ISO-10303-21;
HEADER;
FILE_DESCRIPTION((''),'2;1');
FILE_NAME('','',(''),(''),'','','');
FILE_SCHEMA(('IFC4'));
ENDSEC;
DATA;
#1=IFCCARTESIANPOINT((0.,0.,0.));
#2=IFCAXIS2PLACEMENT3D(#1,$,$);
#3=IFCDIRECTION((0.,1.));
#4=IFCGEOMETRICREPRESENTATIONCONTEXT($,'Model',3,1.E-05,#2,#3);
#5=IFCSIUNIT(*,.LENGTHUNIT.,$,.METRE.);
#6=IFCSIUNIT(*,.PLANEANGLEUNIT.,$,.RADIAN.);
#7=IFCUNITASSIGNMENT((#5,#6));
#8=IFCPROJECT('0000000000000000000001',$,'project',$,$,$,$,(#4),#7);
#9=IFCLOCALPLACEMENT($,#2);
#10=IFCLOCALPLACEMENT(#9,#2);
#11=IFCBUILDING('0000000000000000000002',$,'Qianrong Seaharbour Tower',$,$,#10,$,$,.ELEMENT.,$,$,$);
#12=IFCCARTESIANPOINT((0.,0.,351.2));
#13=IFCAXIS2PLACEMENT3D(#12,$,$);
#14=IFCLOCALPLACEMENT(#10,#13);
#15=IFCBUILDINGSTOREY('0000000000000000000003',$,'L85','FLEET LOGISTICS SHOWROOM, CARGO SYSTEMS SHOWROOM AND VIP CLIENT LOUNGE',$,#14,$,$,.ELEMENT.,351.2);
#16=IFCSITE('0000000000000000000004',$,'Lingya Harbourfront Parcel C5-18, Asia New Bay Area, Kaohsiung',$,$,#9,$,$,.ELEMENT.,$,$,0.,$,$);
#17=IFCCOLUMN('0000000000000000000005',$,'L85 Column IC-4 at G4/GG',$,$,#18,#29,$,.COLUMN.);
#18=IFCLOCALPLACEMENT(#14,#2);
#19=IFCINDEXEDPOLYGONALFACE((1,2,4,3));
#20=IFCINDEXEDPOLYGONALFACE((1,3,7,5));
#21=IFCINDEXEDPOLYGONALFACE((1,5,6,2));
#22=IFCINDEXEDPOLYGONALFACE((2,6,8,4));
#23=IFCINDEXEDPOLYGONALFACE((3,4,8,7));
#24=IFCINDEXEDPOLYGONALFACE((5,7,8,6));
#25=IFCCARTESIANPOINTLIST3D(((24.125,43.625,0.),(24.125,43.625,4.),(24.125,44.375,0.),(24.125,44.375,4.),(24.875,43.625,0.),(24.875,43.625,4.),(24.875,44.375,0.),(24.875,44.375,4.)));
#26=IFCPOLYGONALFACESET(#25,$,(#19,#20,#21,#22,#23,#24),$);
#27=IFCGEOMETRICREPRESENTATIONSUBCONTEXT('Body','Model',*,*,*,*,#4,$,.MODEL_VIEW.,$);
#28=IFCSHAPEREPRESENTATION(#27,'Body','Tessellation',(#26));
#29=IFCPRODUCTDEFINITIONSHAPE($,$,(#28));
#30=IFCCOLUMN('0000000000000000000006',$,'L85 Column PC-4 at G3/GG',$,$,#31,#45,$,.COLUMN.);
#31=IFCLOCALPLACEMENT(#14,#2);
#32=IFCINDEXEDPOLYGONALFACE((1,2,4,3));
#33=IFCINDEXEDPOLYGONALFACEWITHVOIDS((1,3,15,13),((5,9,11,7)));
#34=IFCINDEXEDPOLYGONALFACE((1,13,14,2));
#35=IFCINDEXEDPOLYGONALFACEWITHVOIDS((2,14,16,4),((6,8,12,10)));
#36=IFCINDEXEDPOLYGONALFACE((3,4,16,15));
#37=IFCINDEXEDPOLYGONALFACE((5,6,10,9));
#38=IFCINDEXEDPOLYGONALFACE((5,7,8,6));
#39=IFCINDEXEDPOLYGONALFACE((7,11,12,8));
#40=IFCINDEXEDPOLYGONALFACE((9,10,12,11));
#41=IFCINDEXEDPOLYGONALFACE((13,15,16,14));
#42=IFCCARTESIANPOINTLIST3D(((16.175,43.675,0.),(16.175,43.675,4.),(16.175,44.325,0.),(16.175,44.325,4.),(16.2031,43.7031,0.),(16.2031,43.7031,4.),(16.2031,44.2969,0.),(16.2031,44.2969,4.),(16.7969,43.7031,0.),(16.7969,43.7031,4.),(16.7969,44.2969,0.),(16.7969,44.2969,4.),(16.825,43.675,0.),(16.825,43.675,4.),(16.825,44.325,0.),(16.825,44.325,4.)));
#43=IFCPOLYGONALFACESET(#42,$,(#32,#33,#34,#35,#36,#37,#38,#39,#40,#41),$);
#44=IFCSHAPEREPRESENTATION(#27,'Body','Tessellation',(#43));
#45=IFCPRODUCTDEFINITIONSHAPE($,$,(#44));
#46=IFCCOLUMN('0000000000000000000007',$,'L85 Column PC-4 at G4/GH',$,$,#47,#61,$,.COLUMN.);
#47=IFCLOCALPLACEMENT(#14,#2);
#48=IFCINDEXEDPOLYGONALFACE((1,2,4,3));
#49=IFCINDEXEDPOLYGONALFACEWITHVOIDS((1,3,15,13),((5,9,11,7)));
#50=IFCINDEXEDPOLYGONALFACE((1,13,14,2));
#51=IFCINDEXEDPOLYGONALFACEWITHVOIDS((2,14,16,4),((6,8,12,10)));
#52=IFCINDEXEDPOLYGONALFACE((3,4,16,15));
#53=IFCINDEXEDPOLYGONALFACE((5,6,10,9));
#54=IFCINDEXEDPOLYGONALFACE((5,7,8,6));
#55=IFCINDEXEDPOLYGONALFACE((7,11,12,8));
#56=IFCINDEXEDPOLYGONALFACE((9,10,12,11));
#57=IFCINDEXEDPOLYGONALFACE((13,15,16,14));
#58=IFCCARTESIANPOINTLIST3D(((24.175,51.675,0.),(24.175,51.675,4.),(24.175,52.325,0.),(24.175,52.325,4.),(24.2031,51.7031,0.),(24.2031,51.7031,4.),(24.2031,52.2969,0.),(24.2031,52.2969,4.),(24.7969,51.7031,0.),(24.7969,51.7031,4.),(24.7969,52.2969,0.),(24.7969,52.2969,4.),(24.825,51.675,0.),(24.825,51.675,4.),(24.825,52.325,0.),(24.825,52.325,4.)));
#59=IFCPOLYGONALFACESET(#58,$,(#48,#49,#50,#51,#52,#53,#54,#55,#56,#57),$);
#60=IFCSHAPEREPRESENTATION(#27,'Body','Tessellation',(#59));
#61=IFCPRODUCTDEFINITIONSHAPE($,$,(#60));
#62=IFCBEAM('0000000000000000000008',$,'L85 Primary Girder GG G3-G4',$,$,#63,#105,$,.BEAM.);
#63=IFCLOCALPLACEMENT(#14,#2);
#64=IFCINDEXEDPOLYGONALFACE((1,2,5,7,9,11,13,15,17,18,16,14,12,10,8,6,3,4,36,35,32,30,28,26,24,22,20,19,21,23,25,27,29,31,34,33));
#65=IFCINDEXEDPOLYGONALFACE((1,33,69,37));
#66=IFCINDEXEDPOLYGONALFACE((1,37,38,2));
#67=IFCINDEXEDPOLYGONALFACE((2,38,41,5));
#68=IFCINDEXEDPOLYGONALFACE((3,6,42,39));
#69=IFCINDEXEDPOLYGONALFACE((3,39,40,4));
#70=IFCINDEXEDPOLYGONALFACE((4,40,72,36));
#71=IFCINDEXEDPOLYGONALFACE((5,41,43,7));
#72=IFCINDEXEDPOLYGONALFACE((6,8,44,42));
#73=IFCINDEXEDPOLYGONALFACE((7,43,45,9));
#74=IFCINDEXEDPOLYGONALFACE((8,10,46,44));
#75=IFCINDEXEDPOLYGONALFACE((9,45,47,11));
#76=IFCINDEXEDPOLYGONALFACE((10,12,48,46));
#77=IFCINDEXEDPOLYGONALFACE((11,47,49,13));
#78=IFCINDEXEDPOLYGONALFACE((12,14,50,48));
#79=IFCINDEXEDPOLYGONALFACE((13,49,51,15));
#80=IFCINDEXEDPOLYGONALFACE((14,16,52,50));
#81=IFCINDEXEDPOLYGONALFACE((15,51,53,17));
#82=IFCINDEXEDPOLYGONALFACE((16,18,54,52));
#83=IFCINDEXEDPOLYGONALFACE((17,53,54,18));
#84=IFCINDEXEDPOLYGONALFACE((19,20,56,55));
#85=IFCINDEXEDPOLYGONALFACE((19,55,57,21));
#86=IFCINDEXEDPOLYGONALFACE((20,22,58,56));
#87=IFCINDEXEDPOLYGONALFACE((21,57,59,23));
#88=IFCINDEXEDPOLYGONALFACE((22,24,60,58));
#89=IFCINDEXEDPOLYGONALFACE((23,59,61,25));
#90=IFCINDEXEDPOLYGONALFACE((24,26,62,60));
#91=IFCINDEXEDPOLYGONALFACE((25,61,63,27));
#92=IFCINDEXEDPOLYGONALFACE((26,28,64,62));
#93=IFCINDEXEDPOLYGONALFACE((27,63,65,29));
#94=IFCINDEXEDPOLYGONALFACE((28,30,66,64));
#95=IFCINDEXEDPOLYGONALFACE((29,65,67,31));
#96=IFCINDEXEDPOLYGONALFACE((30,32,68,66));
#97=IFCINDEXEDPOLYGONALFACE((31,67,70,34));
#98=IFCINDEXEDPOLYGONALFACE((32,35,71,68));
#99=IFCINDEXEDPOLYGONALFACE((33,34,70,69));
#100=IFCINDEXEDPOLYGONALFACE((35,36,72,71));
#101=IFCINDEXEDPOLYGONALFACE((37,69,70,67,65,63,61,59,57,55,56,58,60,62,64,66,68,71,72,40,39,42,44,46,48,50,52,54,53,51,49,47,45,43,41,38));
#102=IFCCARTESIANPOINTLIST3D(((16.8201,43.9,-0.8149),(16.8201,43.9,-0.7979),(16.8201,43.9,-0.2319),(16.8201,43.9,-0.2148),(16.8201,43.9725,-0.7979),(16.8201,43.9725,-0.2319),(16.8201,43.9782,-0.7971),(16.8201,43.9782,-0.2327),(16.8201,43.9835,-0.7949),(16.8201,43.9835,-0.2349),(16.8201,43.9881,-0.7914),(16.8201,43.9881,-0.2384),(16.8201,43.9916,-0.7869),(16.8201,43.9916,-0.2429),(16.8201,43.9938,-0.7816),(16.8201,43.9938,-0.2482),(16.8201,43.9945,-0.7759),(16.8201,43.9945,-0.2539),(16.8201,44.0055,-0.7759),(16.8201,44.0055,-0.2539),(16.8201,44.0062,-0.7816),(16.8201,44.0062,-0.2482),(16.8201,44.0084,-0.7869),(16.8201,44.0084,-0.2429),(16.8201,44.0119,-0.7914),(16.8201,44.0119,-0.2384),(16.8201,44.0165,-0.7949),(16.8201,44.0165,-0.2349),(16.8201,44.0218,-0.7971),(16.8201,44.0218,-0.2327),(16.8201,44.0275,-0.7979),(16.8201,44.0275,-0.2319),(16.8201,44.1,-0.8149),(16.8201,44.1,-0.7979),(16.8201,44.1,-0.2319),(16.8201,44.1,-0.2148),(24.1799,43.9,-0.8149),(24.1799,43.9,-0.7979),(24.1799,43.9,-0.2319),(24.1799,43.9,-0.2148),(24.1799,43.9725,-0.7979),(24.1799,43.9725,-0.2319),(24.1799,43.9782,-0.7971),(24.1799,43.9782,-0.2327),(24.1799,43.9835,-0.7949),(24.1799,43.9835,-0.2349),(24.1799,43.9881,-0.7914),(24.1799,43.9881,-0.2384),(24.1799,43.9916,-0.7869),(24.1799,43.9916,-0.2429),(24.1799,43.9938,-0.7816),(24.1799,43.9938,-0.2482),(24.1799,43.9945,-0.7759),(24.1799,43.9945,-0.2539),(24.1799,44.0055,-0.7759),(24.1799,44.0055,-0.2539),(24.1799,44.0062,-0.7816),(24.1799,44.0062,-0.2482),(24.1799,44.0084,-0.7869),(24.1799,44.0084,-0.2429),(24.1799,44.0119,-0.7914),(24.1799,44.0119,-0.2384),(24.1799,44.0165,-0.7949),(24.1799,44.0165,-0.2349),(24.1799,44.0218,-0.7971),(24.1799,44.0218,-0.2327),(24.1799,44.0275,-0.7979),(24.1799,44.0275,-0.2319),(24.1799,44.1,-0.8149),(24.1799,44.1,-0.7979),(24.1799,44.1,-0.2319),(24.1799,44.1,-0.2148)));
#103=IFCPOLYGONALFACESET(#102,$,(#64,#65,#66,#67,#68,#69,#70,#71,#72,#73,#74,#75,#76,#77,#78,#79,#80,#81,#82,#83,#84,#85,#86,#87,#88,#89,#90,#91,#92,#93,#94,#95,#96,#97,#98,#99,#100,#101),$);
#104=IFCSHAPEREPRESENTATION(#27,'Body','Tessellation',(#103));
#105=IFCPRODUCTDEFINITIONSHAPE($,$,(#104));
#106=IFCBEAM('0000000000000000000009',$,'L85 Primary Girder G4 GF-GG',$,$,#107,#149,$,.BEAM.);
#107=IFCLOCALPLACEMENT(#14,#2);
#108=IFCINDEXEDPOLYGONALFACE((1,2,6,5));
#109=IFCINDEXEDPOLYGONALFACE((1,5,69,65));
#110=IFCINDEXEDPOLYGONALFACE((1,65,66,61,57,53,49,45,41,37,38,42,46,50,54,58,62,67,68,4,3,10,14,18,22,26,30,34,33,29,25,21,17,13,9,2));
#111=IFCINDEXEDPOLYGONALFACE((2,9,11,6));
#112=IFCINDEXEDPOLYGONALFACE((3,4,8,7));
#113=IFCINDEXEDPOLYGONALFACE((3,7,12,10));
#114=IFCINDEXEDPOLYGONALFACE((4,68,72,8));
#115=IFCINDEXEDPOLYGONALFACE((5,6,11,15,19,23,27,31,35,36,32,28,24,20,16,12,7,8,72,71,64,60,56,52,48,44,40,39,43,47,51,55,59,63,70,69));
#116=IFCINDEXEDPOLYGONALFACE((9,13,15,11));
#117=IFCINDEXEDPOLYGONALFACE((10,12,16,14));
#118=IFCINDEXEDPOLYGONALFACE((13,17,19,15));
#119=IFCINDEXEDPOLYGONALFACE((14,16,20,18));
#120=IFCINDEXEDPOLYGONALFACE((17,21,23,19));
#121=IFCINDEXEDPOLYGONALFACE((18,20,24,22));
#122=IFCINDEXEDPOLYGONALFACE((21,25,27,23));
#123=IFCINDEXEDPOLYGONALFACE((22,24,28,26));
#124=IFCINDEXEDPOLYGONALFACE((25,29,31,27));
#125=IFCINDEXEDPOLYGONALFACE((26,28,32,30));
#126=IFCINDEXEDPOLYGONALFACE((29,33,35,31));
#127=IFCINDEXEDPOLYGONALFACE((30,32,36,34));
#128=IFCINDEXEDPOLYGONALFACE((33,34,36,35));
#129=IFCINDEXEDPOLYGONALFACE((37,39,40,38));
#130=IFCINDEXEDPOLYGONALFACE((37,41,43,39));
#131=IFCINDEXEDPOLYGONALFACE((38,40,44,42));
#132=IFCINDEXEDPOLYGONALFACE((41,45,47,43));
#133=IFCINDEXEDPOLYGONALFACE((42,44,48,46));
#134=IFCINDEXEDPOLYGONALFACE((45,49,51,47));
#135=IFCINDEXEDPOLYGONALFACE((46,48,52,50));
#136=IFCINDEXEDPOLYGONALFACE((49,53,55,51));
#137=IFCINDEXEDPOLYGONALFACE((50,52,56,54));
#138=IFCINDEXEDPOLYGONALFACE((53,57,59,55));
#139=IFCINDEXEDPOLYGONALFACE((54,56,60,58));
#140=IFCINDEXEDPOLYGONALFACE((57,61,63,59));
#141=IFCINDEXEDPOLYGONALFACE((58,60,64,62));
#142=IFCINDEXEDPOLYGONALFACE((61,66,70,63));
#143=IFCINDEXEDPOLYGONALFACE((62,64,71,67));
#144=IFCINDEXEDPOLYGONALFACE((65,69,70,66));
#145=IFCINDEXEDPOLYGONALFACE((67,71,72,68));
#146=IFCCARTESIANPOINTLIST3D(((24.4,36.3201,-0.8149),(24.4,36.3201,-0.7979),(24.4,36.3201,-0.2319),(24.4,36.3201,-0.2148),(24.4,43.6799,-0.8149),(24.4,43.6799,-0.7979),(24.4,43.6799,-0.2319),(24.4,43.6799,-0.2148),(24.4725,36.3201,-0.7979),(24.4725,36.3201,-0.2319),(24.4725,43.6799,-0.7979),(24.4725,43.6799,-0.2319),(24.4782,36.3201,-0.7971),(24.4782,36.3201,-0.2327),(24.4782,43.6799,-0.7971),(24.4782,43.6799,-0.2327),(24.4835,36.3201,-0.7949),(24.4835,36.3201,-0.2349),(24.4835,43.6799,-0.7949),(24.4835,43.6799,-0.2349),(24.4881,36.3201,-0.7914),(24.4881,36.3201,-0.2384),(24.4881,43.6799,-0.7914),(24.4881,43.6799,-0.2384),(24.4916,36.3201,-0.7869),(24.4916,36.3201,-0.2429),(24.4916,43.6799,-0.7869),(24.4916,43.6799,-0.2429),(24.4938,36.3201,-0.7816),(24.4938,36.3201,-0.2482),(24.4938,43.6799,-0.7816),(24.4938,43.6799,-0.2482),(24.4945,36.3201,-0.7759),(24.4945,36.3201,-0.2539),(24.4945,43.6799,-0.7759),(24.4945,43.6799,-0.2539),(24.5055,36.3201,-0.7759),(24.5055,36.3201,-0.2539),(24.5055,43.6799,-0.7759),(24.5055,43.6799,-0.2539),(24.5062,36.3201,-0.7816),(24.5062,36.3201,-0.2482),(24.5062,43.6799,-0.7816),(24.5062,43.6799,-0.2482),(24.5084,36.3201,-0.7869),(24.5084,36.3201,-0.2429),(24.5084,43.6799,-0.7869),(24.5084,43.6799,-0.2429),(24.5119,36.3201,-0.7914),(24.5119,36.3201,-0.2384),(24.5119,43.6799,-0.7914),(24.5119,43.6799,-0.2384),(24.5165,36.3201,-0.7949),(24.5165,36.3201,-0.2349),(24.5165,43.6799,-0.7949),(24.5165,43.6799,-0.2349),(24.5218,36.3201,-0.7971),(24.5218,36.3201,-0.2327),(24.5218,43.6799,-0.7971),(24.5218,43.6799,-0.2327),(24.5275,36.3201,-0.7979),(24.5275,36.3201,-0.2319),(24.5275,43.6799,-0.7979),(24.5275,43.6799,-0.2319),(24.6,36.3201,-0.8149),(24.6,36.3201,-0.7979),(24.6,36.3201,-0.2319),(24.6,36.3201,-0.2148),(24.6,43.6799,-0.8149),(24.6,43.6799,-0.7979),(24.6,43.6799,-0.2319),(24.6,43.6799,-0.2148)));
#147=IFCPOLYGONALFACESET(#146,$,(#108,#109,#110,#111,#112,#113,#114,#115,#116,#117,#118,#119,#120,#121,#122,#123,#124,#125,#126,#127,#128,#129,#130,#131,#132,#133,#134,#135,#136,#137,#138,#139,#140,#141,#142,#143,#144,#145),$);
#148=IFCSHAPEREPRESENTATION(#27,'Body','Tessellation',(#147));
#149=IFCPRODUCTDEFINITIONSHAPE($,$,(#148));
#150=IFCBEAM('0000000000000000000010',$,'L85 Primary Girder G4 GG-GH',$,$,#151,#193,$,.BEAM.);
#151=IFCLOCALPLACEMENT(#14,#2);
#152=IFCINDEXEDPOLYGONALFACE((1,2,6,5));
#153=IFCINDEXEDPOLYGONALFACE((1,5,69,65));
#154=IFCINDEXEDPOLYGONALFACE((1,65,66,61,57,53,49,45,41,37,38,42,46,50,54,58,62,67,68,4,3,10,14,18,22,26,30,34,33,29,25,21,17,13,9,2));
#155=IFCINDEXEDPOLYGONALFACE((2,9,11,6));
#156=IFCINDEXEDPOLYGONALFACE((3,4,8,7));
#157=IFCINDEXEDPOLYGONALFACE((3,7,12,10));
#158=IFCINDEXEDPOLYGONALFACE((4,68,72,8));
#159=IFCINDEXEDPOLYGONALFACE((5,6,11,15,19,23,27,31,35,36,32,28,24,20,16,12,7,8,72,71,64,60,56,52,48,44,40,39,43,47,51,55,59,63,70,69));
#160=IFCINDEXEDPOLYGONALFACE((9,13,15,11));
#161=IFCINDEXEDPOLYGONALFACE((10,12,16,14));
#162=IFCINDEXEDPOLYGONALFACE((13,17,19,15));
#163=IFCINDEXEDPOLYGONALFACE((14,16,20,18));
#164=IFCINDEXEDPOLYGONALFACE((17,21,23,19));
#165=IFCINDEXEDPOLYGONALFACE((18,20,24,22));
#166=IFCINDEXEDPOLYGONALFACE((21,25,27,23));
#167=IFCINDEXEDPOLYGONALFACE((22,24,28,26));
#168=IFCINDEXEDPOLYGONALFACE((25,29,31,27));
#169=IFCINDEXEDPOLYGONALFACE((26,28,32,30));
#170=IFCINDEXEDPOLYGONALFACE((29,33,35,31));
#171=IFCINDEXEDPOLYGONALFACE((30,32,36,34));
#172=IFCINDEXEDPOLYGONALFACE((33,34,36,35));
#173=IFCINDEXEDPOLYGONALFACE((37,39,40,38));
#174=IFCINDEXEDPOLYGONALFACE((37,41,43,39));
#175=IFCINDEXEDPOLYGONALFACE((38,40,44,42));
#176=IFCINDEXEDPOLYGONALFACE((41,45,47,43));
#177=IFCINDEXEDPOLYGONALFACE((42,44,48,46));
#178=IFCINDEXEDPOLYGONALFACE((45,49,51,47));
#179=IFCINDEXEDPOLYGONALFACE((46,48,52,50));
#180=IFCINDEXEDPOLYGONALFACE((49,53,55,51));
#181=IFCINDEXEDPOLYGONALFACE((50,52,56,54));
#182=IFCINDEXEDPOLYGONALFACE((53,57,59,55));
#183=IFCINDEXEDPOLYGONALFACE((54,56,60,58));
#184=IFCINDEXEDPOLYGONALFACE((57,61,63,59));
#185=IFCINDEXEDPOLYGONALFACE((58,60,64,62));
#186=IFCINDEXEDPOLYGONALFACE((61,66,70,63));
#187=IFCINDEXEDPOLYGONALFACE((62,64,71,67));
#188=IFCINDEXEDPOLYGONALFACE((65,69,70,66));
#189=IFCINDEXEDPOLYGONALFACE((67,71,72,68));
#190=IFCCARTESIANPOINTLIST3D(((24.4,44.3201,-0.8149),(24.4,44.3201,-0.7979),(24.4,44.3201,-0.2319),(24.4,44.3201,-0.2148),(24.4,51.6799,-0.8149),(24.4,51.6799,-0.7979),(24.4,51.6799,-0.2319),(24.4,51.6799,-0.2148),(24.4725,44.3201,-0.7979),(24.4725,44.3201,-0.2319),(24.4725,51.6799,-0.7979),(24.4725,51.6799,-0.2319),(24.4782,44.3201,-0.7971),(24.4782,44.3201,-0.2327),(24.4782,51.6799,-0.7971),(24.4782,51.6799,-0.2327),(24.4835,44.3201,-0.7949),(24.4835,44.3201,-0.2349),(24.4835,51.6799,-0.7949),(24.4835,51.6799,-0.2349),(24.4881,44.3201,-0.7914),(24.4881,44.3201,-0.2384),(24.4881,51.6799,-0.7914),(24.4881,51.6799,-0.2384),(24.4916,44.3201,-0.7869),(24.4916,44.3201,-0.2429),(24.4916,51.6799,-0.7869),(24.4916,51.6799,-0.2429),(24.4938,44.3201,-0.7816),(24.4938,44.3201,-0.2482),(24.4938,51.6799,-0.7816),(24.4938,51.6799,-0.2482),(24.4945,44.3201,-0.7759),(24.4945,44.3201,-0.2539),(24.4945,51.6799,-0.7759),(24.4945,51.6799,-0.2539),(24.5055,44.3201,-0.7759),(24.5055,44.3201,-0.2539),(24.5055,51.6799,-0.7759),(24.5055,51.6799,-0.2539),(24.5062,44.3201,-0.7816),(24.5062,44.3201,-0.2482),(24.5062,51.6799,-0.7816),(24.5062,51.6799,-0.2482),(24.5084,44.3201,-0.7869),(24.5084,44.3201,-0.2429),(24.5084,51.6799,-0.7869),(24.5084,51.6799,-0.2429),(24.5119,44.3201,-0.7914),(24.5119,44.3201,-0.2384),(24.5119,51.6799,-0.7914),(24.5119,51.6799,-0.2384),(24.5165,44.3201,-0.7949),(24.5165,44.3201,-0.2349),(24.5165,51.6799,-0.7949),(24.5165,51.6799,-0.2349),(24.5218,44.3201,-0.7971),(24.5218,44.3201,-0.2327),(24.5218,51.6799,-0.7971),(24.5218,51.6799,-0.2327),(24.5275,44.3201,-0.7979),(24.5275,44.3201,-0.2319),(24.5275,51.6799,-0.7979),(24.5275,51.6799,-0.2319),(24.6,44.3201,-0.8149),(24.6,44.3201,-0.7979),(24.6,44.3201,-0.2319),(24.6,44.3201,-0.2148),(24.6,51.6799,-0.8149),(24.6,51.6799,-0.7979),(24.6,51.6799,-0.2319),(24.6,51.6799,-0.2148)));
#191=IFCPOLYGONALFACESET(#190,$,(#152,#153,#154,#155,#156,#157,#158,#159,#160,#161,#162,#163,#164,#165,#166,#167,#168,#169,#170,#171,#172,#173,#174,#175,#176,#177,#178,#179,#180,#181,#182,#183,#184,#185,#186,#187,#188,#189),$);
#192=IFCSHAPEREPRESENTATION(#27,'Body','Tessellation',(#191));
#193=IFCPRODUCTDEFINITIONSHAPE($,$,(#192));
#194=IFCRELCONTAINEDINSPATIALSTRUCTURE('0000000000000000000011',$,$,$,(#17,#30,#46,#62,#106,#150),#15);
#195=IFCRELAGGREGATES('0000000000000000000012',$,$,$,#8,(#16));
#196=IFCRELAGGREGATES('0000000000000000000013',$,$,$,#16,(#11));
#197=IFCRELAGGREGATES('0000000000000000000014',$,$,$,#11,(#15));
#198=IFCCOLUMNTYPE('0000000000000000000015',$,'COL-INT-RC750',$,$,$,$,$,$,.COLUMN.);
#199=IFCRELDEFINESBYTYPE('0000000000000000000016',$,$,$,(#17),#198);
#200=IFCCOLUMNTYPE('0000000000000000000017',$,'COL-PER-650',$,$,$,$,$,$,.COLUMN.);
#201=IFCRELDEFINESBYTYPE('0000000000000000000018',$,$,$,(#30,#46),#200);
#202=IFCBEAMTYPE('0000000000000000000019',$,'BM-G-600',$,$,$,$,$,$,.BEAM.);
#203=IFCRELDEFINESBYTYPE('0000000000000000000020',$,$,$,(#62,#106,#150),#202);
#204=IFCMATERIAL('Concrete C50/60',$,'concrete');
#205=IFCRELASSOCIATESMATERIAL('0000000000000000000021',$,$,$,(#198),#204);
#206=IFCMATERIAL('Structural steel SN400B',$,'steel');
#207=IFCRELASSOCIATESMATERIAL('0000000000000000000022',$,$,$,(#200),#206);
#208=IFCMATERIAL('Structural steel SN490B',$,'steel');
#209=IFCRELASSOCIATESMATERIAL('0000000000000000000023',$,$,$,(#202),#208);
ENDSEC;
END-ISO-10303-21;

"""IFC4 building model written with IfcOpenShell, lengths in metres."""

from ifc_helpers import new_model, si_unit, direction, frame, origin, origin_2d, place, context, subcontext, project, spatial, rectangle, hollow_rectangle, i_section, extrude, material, material_profile, profile_set, type_object, element, save


model = new_model("IFC4")

# Units and contexts
model_context = context("Model", 3, precision=1e-05, world=origin(), true_north=direction((0.0, 1.0)))
body_context = subcontext(model_context, "Body", "Model", "MODEL_VIEW")
ifc_project = project(units=[si_unit("LENGTHUNIT", "METRE"), si_unit("PLANEANGLEUNIT", "RADIAN")], contexts=[model_context])

# Site, building, storey
site_placement = place(None, origin())
site = spatial("IfcSite", under=ifc_project, at=site_placement, Name="Lingya Harbourfront Parcel C5-18, Asia New Bay Area, Kaohsiung", CompositionType="ELEMENT", RefElevation=0.0)
building_placement = place(site_placement, origin())
building = spatial("IfcBuilding", under=site, at=building_placement, Name="Qianrong Seaharbour Tower", CompositionType="ELEMENT")
storey_placement = place(building_placement, frame((0.0, 0.0, 351.2)))
storey = spatial("IfcBuildingStorey", under=building, at=storey_placement, Name="L85", Description="FLEET LOGISTICS SHOWROOM, CARGO SYSTEMS SHOWROOM AND VIP CLIENT LOUNGE", CompositionType="ELEMENT", Elevation=351.2)

# Columns
ifc_material_1 = material(Name="Concrete C50/60", Category="concrete")
ifc_material_profile_1 = material_profile(ifc_material_1, rectangle(XDim=0.75, YDim=0.75, at=origin_2d()), Name="RC750x750")
ifc_profile_set_1 = profile_set([ifc_material_profile_1], Name="Concrete C50/60")
column_type_1 = type_object("IfcColumnType", Name="COL-INT-RC750", PredefinedType="COLUMN", material=ifc_profile_set_1)
column_placement = place(storey_placement, frame((24.5, 44.0, 0.0), z_axis=(0.0, 0.0, 1.0), x_axis=(1.0, 0.0, 0.0)))
element("IfcColumn", 1, at=column_placement, inside=storey, type_object=column_type_1, Name="L85 Column IC-4 at G4/GG", PredefinedType="COLUMN", context=body_context, shape_type="SweptSolid", body=[
    extrude(rectangle(XDim=0.75, YDim=0.75, at=origin_2d()), origin(), (0.0, 0.0, 1.0), 4.0),
])
ifc_material_2 = material(Name="Structural steel SN400B", Category="steel")
ifc_material_profile_2 = material_profile(ifc_material_2, hollow_rectangle(XDim=0.6499, YDim=0.6499, WallThickness=0.0281, at=origin_2d()), Name="BOX650x650x28")
ifc_profile_set_2 = profile_set([ifc_material_profile_2], Name="Structural steel SN400B")
column_type_2 = type_object("IfcColumnType", Name="COL-PER-650", PredefinedType="COLUMN", material=ifc_profile_set_2)
for number, where, z_axis, x_axis, name in (
    (2, (16.5, 44.0, 0.0), (0.0, 0.0, 1.0), (1.0, 0.0, 0.0), "L85 Column PC-4 at G3/GG"),
    (3, (24.5, 52.0, 0.0), (0.0, 0.0, 1.0), (1.0, 0.0, 0.0), "L85 Column PC-4 at G4/GH"),
):
    element("IfcColumn", number, at=place(storey_placement, frame(where, z_axis=z_axis, x_axis=x_axis)), inside=storey, type_object=column_type_2, Name=name, PredefinedType="COLUMN", context=body_context, shape_type="SweptSolid", body=[
        extrude(hollow_rectangle(XDim=0.6499, YDim=0.6499, WallThickness=0.0281, at=origin_2d()), origin(), (0.0, 0.0, 1.0), 4.0),
    ])

# Beams
ifc_material_3 = material(Name="Structural steel SN490B", Category="steel")
ifc_material_profile_3 = material_profile(ifc_material_3, i_section(OverallWidth=0.2, OverallDepth=0.6001, WebThickness=0.011, FlangeThickness=0.0171, FilletRadius=0.022, at=origin_2d()), Name="H600x200x11x17")
ifc_profile_set_3 = profile_set([ifc_material_profile_3], Name="Structural steel SN490B")
beam_type_1 = type_object("IfcBeamType", Name="BM-G-600", PredefinedType="BEAM", material=ifc_profile_set_3)
for number, where, z_axis, x_axis, name in (
    (4, (16.8201, 44.0, -0.5149), (1.0, 0.0, 0.0), (0.0, 1.0, 0.0), "L85 Primary Girder GG G3-G4"),
    (5, (24.5, 36.3201, -0.5149), (0.0, 1.0, 0.0), (-1.0, 0.0, 0.0), "L85 Primary Girder G4 GF-GG"),
    (6, (24.5, 44.3201, -0.5149), (0.0, 1.0, 0.0), (-1.0, 0.0, 0.0), "L85 Primary Girder G4 GG-GH"),
):
    element("IfcBeam", number, at=place(storey_placement, frame(where, z_axis=z_axis, x_axis=x_axis)), inside=storey, type_object=beam_type_1, Name=name, PredefinedType="BEAM", context=body_context, shape_type="SweptSolid", body=[
        extrude(i_section(OverallWidth=0.2, OverallDepth=0.6001, WebThickness=0.011, FlangeThickness=0.0171, FilletRadius=0.022, at=origin_2d()), origin(), (0.0, 0.0, 1.0), 7.3599),
    ])

save(model, "model.ifc")
